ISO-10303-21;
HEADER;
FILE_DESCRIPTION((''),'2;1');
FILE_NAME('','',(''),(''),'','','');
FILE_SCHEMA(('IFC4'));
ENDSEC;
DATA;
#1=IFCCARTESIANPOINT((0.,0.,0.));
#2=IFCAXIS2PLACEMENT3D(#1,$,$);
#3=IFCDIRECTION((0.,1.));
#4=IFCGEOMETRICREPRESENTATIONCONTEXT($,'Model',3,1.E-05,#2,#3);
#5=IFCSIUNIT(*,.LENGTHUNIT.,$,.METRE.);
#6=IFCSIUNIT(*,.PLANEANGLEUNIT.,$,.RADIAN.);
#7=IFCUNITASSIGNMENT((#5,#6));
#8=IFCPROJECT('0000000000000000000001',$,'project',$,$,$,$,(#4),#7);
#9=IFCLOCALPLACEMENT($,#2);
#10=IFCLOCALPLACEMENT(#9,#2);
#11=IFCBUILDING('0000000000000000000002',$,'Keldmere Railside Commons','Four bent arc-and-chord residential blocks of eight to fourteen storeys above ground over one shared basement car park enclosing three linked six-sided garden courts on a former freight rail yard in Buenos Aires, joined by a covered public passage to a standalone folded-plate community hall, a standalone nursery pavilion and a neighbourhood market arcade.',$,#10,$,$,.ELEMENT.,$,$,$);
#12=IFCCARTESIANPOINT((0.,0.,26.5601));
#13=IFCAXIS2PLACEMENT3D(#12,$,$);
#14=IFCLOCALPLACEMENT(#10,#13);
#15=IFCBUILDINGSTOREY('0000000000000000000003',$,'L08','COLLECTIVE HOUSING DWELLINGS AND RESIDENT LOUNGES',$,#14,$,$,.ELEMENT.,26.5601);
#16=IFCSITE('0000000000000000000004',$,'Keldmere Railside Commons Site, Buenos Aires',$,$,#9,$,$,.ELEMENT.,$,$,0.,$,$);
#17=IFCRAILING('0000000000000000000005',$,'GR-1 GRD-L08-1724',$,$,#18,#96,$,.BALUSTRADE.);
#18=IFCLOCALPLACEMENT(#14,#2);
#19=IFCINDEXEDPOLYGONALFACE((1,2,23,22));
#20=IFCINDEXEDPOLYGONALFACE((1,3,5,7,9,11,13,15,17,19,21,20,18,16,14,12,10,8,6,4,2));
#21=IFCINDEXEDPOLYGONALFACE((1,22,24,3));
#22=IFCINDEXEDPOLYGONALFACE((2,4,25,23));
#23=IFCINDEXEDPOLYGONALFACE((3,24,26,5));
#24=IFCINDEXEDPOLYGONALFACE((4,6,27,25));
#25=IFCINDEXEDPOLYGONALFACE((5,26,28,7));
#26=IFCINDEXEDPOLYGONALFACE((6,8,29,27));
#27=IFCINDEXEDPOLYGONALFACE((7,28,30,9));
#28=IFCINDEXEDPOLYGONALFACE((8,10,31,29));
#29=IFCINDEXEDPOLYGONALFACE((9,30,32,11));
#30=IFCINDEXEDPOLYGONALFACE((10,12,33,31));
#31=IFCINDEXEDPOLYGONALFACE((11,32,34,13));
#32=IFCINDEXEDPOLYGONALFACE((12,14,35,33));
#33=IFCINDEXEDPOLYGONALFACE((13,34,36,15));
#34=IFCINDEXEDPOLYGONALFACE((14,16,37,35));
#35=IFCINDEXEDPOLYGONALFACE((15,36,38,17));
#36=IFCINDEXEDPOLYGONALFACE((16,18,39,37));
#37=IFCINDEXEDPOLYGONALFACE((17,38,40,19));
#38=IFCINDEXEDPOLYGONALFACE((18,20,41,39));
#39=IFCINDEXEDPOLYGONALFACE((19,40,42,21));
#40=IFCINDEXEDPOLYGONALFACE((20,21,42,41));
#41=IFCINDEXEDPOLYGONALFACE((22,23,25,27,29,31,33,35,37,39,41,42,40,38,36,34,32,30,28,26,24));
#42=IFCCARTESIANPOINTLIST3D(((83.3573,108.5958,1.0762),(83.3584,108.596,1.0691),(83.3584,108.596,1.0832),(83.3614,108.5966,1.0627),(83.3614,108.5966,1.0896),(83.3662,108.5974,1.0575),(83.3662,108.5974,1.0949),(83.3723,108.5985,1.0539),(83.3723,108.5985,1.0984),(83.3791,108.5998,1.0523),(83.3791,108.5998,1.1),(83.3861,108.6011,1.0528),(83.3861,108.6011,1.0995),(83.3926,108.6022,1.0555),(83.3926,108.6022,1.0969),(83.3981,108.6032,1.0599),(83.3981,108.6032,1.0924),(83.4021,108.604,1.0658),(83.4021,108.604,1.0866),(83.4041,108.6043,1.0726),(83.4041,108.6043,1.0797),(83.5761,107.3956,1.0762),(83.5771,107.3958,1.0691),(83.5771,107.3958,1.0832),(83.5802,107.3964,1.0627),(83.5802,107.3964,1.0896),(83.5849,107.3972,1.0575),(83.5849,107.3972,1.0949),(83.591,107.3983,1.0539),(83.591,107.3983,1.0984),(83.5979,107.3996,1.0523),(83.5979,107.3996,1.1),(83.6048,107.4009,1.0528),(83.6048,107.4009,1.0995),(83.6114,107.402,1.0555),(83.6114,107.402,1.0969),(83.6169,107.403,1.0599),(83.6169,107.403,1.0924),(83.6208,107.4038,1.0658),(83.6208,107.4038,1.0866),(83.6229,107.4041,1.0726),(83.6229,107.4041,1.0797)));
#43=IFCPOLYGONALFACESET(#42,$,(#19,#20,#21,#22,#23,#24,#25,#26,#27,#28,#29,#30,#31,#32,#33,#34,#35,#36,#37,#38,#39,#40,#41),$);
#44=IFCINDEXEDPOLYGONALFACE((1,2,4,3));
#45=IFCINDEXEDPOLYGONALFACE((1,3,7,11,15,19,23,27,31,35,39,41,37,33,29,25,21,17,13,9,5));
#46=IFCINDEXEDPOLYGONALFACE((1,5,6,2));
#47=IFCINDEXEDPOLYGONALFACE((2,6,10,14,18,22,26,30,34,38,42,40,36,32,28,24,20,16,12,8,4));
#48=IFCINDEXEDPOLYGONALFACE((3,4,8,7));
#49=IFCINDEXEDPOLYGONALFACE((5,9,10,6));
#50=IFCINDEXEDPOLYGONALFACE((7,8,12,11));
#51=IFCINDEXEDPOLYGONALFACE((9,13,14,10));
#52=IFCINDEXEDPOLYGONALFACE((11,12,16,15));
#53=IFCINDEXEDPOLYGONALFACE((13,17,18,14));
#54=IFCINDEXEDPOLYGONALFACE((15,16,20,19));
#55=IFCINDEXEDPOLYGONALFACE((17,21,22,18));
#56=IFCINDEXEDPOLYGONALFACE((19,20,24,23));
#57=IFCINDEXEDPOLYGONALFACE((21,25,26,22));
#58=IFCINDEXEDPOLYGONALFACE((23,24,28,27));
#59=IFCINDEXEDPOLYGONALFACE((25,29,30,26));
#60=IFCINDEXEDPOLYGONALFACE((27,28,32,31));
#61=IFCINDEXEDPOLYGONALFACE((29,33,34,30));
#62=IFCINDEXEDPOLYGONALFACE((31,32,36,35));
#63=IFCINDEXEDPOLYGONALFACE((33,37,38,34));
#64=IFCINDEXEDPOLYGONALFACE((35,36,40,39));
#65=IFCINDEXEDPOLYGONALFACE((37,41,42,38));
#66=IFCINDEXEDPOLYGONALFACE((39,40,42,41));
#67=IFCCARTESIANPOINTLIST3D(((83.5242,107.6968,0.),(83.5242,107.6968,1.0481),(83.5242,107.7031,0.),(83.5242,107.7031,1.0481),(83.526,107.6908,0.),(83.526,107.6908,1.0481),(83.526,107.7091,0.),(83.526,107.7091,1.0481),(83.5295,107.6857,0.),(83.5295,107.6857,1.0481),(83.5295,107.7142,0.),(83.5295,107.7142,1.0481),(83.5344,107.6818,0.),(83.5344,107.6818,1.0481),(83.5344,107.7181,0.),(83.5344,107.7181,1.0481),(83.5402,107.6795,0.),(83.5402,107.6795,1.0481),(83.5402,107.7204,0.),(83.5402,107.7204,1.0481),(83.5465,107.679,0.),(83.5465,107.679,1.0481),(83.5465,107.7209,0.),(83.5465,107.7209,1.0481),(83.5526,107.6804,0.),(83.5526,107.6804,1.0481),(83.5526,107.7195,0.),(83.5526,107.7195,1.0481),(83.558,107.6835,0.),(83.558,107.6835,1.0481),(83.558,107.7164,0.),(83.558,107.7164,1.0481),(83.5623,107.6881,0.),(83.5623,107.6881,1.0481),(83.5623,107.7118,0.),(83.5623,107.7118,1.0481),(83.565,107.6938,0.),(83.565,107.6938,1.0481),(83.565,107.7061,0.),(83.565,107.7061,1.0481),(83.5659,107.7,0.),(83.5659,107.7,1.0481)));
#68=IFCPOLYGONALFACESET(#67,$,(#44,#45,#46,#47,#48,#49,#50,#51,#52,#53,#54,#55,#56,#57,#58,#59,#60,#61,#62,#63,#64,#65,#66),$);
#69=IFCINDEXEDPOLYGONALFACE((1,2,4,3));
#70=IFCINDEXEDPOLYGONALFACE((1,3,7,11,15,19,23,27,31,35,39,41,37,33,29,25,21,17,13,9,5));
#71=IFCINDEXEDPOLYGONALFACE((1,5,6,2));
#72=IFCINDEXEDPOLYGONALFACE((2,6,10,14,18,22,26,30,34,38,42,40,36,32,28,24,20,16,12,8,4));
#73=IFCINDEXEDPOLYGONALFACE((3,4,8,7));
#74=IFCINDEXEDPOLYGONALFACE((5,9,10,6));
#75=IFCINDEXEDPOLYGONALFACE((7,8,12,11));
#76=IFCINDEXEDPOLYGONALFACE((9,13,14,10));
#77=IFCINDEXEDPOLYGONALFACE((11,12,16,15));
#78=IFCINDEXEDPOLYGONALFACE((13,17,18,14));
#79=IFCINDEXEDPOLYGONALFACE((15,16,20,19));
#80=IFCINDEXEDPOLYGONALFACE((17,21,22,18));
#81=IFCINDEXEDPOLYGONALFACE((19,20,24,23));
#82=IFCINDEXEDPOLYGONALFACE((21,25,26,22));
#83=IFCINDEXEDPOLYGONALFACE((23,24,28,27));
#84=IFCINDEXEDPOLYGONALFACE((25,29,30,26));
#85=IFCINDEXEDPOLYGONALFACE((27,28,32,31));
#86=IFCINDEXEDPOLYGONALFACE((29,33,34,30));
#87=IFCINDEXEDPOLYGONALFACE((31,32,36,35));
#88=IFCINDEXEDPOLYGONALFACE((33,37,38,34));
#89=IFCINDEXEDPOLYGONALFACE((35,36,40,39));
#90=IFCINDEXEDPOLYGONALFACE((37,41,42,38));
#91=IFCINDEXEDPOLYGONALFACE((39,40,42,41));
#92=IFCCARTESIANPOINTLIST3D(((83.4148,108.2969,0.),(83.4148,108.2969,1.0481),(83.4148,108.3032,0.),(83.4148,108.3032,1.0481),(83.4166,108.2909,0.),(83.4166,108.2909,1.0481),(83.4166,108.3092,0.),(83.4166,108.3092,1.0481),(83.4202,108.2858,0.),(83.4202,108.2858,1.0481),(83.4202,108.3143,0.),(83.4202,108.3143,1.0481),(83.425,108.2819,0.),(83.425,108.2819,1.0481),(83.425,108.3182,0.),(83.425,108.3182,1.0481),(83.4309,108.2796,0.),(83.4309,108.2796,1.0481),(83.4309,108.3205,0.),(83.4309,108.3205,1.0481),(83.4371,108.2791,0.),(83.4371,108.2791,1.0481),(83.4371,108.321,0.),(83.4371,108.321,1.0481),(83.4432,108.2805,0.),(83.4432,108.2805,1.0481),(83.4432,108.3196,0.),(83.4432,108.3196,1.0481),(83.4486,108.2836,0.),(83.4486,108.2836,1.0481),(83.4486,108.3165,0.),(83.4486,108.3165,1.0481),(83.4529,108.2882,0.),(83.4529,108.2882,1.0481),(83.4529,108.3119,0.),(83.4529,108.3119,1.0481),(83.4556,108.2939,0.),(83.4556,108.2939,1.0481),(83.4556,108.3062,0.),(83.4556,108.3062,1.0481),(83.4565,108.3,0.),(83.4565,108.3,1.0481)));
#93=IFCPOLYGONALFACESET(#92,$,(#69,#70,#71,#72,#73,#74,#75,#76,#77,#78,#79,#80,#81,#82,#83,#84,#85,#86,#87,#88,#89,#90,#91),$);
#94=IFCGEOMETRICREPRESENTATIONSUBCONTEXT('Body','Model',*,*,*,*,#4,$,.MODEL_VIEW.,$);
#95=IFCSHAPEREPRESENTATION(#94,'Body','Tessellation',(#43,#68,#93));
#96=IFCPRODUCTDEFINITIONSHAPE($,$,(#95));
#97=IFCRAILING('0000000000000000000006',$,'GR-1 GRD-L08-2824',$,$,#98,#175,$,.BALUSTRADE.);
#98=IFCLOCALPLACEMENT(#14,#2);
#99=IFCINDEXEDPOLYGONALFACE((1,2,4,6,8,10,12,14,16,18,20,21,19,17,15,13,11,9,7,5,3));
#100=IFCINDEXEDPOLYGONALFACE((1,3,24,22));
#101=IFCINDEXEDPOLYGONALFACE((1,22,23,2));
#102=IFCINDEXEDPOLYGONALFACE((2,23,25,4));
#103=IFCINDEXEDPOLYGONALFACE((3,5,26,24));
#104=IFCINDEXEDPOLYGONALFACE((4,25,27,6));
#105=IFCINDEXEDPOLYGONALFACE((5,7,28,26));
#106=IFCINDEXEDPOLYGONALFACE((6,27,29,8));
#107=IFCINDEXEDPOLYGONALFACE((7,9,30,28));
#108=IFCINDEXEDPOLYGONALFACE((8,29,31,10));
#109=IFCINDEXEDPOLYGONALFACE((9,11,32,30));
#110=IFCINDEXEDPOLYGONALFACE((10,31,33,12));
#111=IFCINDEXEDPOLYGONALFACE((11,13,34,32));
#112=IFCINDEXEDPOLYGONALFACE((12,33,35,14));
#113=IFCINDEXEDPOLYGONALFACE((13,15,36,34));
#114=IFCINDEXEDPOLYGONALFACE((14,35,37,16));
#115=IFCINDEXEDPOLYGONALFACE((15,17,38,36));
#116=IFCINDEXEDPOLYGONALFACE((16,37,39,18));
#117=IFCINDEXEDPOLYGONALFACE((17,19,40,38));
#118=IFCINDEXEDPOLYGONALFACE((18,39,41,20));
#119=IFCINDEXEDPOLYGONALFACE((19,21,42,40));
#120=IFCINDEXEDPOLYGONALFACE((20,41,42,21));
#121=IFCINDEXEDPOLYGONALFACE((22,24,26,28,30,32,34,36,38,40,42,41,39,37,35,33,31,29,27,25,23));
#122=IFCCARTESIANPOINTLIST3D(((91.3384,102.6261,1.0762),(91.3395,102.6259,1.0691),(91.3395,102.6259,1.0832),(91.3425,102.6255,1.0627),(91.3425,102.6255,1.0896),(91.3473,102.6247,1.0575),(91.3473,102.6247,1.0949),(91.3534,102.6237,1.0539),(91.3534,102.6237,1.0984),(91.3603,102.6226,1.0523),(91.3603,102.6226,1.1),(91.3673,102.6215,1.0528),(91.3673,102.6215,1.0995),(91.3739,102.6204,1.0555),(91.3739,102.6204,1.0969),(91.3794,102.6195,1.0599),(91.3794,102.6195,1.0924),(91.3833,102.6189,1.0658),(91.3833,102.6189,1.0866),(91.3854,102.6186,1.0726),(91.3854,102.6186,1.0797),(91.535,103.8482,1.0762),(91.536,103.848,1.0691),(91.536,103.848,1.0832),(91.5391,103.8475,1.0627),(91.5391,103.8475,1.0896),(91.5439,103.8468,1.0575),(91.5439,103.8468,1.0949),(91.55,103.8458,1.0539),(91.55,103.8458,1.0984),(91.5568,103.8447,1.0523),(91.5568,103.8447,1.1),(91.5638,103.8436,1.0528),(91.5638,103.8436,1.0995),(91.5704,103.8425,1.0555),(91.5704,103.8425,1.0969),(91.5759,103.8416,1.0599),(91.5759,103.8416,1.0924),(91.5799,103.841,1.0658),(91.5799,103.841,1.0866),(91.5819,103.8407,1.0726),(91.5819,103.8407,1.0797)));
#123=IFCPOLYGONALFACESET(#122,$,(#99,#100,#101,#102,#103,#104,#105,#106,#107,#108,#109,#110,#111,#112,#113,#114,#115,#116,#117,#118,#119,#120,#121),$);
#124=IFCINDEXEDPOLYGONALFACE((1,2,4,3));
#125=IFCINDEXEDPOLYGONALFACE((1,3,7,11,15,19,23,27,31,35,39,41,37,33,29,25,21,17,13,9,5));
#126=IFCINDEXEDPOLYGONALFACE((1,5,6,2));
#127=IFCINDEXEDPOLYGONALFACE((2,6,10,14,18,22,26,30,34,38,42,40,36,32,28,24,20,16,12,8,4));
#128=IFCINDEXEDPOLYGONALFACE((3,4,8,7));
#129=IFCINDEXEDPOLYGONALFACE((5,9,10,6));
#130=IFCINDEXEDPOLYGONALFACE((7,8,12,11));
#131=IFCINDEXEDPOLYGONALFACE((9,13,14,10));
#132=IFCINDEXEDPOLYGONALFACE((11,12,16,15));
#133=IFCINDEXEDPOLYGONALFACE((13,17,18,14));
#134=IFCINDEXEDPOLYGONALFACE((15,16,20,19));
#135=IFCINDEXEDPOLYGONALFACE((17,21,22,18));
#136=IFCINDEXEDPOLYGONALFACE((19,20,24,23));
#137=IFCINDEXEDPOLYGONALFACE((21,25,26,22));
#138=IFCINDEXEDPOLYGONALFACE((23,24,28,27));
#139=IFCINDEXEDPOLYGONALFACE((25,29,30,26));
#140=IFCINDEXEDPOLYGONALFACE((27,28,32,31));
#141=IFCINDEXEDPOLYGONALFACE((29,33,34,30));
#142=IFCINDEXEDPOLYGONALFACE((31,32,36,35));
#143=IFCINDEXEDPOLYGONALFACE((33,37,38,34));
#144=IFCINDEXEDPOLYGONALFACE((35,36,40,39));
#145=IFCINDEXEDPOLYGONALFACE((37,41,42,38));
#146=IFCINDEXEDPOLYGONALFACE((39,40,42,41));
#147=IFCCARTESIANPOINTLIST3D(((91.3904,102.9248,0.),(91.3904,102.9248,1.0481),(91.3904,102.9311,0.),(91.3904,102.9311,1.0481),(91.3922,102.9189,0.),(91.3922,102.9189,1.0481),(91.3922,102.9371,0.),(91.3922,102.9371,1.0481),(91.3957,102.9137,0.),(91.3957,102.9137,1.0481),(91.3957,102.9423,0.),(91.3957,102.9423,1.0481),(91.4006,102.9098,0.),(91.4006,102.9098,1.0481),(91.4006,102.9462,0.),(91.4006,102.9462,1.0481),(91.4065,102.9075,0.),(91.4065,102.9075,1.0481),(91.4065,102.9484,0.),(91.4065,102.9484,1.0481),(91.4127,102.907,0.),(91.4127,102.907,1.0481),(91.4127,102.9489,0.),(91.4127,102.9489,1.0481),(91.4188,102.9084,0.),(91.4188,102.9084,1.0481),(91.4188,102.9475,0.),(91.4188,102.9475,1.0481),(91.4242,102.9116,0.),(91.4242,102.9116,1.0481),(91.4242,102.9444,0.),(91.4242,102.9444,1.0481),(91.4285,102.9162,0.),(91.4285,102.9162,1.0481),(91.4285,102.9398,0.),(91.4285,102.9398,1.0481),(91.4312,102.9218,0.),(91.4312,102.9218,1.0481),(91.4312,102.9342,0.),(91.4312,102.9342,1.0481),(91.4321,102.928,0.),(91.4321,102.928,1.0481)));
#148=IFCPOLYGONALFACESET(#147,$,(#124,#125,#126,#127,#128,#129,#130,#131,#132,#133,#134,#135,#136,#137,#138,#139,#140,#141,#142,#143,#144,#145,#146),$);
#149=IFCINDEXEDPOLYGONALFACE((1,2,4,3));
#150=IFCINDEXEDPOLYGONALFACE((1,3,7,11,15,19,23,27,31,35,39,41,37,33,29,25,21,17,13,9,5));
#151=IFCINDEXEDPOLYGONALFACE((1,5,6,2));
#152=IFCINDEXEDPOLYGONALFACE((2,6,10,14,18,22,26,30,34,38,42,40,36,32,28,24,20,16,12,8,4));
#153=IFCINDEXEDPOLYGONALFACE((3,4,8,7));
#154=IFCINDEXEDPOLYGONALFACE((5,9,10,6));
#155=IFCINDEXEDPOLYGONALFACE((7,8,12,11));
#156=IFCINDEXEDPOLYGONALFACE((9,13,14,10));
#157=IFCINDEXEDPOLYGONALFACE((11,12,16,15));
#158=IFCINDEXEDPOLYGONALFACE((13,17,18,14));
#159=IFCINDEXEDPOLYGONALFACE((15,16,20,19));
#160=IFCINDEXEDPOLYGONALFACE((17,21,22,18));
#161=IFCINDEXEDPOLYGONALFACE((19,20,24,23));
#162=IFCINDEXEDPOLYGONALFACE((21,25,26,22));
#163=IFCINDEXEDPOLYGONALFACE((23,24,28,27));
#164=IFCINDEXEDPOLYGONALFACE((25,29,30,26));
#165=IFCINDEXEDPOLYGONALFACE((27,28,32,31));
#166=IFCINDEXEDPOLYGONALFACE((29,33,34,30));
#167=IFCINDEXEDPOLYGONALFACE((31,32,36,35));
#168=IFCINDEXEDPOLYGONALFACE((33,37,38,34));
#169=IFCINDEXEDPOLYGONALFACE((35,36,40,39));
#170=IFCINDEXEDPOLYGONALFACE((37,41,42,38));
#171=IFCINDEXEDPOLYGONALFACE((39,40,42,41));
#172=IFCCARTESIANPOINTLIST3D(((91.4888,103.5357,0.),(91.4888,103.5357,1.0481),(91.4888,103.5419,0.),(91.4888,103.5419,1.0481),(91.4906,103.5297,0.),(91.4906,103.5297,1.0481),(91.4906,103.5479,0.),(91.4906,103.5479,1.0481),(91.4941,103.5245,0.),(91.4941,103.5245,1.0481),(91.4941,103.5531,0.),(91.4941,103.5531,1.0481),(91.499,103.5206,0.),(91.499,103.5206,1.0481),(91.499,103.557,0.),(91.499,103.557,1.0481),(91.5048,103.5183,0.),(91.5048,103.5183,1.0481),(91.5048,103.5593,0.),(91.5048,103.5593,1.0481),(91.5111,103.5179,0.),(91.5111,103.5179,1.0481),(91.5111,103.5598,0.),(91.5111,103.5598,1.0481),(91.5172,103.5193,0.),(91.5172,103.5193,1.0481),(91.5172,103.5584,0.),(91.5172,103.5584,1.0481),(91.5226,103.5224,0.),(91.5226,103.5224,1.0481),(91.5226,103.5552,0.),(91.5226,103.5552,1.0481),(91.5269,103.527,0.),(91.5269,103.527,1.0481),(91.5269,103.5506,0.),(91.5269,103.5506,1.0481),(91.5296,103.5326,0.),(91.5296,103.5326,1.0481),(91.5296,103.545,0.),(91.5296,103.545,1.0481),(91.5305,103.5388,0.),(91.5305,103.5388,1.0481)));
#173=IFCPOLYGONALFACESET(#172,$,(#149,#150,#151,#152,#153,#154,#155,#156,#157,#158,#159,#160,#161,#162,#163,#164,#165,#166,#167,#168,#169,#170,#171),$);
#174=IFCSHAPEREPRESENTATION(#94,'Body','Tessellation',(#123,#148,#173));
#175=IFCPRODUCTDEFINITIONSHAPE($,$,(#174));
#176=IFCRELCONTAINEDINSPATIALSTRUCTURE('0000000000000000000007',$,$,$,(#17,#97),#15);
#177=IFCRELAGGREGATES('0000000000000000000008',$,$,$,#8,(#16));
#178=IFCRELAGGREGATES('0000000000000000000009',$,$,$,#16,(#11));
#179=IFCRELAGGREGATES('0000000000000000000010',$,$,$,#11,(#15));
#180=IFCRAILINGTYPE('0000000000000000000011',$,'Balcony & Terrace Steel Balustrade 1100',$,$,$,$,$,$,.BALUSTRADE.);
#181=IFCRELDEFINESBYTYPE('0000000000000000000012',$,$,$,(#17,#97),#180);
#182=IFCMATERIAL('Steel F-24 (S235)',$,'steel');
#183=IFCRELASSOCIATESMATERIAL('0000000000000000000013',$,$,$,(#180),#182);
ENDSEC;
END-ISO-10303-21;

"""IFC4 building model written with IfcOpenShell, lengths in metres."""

from ifc_helpers import new_model, si_unit, direction, frame, origin, origin_2d, place, context, subcontext, project, spatial, circle, extrude, material, type_object, element, save


model = new_model("IFC4")

# Units and contexts
model_context = context("Model", 3, precision=1e-05, world=origin(), true_north=direction((0.0, 1.0)))
body_context = subcontext(model_context, "Body", "Model", "MODEL_VIEW")
ifc_project = project(units=[si_unit("LENGTHUNIT", "METRE"), si_unit("PLANEANGLEUNIT", "RADIAN")], contexts=[model_context])

# Site, building, storey
site_placement = place(None, origin())
site = spatial("IfcSite", under=ifc_project, at=site_placement, Name="Keldmere Railside Commons Site, Buenos Aires", CompositionType="ELEMENT", RefElevation=0.0)
building_placement = place(site_placement, origin())
building = spatial("IfcBuilding", under=site, at=building_placement, Name="Keldmere Railside Commons", Description="Four bent arc-and-chord residential blocks of eight to fourteen storeys above ground over one shared basement car park enclosing three linked six-sided garden courts on a former freight rail yard in Buenos Aires, joined by a covered public passage to a standalone folded-plate community hall, a standalone nursery pavilion and a neighbourhood market arcade.", CompositionType="ELEMENT")
storey_placement = place(building_placement, frame((0.0, 0.0, 26.5601)))
storey = spatial("IfcBuildingStorey", under=building, at=storey_placement, Name="L08", Description="COLLECTIVE HOUSING DWELLINGS AND RESIDENT LOUNGES", CompositionType="ELEMENT", Elevation=26.5601)

# Railings
ifc_material_1 = material(Name="Steel F-24 (S235)", Category="steel")
railing_type = type_object("IfcRailingType", Name="Balcony & Terrace Steel Balustrade 1100", PredefinedType="BALUSTRADE", material=ifc_material_1)
railing_1_placement = place(storey_placement, frame((83.5996, 107.3999, 0.0)))
element("IfcRailing", 1, at=railing_1_placement, inside=storey, type_object=railing_type, Name="GR-1 GRD-L08-1724", PredefinedType="BALUSTRADE", context=body_context, shape_type="SweptSolid", body=[
    extrude(circle(Radius=0.0239, at=origin_2d()), frame((0.0, 0.0, 1.0762), z_axis=(-0.179308, 0.983793, 0.0), x_axis=(-0.983793, -0.179308, 0.0)), (0.0, 0.0, 1.0), 1.22),
    extrude(circle(Radius=0.021, at=origin_2d()), frame((-0.0547, 0.3, 0.0)), (0.0, 0.0, 1.0), 1.0481),
    extrude(circle(Radius=0.021, at=origin_2d()), frame((-0.1641, 0.9001, 0.0)), (0.0, 0.0, 1.0), 1.0481),
])
railing_2_placement = place(storey_placement, frame((91.3621, 102.6223, 0.0)))
element("IfcRailing", 2, at=railing_2_placement, inside=storey, type_object=railing_type, Name="GR-1 GRD-L08-2824", PredefinedType="BALUSTRADE", context=body_context, shape_type="SweptSolid", body=[
    extrude(circle(Radius=0.0239, at=origin_2d()), frame((0.0, 0.0, 1.0762), z_axis=(0.158767, 0.987316, 0.0), x_axis=(-0.987316, 0.158767, 0.0)), (0.0, 0.0, 1.0), 1.2378),
    extrude(circle(Radius=0.021, at=origin_2d()), frame((0.0491, 0.3057, 0.0)), (0.0, 0.0, 1.0), 1.0481),
    extrude(circle(Radius=0.021, at=origin_2d()), frame((0.1475, 0.9165, 0.0)), (0.0, 0.0, 1.0), 1.0481),
])

save(model, "model.ifc")
